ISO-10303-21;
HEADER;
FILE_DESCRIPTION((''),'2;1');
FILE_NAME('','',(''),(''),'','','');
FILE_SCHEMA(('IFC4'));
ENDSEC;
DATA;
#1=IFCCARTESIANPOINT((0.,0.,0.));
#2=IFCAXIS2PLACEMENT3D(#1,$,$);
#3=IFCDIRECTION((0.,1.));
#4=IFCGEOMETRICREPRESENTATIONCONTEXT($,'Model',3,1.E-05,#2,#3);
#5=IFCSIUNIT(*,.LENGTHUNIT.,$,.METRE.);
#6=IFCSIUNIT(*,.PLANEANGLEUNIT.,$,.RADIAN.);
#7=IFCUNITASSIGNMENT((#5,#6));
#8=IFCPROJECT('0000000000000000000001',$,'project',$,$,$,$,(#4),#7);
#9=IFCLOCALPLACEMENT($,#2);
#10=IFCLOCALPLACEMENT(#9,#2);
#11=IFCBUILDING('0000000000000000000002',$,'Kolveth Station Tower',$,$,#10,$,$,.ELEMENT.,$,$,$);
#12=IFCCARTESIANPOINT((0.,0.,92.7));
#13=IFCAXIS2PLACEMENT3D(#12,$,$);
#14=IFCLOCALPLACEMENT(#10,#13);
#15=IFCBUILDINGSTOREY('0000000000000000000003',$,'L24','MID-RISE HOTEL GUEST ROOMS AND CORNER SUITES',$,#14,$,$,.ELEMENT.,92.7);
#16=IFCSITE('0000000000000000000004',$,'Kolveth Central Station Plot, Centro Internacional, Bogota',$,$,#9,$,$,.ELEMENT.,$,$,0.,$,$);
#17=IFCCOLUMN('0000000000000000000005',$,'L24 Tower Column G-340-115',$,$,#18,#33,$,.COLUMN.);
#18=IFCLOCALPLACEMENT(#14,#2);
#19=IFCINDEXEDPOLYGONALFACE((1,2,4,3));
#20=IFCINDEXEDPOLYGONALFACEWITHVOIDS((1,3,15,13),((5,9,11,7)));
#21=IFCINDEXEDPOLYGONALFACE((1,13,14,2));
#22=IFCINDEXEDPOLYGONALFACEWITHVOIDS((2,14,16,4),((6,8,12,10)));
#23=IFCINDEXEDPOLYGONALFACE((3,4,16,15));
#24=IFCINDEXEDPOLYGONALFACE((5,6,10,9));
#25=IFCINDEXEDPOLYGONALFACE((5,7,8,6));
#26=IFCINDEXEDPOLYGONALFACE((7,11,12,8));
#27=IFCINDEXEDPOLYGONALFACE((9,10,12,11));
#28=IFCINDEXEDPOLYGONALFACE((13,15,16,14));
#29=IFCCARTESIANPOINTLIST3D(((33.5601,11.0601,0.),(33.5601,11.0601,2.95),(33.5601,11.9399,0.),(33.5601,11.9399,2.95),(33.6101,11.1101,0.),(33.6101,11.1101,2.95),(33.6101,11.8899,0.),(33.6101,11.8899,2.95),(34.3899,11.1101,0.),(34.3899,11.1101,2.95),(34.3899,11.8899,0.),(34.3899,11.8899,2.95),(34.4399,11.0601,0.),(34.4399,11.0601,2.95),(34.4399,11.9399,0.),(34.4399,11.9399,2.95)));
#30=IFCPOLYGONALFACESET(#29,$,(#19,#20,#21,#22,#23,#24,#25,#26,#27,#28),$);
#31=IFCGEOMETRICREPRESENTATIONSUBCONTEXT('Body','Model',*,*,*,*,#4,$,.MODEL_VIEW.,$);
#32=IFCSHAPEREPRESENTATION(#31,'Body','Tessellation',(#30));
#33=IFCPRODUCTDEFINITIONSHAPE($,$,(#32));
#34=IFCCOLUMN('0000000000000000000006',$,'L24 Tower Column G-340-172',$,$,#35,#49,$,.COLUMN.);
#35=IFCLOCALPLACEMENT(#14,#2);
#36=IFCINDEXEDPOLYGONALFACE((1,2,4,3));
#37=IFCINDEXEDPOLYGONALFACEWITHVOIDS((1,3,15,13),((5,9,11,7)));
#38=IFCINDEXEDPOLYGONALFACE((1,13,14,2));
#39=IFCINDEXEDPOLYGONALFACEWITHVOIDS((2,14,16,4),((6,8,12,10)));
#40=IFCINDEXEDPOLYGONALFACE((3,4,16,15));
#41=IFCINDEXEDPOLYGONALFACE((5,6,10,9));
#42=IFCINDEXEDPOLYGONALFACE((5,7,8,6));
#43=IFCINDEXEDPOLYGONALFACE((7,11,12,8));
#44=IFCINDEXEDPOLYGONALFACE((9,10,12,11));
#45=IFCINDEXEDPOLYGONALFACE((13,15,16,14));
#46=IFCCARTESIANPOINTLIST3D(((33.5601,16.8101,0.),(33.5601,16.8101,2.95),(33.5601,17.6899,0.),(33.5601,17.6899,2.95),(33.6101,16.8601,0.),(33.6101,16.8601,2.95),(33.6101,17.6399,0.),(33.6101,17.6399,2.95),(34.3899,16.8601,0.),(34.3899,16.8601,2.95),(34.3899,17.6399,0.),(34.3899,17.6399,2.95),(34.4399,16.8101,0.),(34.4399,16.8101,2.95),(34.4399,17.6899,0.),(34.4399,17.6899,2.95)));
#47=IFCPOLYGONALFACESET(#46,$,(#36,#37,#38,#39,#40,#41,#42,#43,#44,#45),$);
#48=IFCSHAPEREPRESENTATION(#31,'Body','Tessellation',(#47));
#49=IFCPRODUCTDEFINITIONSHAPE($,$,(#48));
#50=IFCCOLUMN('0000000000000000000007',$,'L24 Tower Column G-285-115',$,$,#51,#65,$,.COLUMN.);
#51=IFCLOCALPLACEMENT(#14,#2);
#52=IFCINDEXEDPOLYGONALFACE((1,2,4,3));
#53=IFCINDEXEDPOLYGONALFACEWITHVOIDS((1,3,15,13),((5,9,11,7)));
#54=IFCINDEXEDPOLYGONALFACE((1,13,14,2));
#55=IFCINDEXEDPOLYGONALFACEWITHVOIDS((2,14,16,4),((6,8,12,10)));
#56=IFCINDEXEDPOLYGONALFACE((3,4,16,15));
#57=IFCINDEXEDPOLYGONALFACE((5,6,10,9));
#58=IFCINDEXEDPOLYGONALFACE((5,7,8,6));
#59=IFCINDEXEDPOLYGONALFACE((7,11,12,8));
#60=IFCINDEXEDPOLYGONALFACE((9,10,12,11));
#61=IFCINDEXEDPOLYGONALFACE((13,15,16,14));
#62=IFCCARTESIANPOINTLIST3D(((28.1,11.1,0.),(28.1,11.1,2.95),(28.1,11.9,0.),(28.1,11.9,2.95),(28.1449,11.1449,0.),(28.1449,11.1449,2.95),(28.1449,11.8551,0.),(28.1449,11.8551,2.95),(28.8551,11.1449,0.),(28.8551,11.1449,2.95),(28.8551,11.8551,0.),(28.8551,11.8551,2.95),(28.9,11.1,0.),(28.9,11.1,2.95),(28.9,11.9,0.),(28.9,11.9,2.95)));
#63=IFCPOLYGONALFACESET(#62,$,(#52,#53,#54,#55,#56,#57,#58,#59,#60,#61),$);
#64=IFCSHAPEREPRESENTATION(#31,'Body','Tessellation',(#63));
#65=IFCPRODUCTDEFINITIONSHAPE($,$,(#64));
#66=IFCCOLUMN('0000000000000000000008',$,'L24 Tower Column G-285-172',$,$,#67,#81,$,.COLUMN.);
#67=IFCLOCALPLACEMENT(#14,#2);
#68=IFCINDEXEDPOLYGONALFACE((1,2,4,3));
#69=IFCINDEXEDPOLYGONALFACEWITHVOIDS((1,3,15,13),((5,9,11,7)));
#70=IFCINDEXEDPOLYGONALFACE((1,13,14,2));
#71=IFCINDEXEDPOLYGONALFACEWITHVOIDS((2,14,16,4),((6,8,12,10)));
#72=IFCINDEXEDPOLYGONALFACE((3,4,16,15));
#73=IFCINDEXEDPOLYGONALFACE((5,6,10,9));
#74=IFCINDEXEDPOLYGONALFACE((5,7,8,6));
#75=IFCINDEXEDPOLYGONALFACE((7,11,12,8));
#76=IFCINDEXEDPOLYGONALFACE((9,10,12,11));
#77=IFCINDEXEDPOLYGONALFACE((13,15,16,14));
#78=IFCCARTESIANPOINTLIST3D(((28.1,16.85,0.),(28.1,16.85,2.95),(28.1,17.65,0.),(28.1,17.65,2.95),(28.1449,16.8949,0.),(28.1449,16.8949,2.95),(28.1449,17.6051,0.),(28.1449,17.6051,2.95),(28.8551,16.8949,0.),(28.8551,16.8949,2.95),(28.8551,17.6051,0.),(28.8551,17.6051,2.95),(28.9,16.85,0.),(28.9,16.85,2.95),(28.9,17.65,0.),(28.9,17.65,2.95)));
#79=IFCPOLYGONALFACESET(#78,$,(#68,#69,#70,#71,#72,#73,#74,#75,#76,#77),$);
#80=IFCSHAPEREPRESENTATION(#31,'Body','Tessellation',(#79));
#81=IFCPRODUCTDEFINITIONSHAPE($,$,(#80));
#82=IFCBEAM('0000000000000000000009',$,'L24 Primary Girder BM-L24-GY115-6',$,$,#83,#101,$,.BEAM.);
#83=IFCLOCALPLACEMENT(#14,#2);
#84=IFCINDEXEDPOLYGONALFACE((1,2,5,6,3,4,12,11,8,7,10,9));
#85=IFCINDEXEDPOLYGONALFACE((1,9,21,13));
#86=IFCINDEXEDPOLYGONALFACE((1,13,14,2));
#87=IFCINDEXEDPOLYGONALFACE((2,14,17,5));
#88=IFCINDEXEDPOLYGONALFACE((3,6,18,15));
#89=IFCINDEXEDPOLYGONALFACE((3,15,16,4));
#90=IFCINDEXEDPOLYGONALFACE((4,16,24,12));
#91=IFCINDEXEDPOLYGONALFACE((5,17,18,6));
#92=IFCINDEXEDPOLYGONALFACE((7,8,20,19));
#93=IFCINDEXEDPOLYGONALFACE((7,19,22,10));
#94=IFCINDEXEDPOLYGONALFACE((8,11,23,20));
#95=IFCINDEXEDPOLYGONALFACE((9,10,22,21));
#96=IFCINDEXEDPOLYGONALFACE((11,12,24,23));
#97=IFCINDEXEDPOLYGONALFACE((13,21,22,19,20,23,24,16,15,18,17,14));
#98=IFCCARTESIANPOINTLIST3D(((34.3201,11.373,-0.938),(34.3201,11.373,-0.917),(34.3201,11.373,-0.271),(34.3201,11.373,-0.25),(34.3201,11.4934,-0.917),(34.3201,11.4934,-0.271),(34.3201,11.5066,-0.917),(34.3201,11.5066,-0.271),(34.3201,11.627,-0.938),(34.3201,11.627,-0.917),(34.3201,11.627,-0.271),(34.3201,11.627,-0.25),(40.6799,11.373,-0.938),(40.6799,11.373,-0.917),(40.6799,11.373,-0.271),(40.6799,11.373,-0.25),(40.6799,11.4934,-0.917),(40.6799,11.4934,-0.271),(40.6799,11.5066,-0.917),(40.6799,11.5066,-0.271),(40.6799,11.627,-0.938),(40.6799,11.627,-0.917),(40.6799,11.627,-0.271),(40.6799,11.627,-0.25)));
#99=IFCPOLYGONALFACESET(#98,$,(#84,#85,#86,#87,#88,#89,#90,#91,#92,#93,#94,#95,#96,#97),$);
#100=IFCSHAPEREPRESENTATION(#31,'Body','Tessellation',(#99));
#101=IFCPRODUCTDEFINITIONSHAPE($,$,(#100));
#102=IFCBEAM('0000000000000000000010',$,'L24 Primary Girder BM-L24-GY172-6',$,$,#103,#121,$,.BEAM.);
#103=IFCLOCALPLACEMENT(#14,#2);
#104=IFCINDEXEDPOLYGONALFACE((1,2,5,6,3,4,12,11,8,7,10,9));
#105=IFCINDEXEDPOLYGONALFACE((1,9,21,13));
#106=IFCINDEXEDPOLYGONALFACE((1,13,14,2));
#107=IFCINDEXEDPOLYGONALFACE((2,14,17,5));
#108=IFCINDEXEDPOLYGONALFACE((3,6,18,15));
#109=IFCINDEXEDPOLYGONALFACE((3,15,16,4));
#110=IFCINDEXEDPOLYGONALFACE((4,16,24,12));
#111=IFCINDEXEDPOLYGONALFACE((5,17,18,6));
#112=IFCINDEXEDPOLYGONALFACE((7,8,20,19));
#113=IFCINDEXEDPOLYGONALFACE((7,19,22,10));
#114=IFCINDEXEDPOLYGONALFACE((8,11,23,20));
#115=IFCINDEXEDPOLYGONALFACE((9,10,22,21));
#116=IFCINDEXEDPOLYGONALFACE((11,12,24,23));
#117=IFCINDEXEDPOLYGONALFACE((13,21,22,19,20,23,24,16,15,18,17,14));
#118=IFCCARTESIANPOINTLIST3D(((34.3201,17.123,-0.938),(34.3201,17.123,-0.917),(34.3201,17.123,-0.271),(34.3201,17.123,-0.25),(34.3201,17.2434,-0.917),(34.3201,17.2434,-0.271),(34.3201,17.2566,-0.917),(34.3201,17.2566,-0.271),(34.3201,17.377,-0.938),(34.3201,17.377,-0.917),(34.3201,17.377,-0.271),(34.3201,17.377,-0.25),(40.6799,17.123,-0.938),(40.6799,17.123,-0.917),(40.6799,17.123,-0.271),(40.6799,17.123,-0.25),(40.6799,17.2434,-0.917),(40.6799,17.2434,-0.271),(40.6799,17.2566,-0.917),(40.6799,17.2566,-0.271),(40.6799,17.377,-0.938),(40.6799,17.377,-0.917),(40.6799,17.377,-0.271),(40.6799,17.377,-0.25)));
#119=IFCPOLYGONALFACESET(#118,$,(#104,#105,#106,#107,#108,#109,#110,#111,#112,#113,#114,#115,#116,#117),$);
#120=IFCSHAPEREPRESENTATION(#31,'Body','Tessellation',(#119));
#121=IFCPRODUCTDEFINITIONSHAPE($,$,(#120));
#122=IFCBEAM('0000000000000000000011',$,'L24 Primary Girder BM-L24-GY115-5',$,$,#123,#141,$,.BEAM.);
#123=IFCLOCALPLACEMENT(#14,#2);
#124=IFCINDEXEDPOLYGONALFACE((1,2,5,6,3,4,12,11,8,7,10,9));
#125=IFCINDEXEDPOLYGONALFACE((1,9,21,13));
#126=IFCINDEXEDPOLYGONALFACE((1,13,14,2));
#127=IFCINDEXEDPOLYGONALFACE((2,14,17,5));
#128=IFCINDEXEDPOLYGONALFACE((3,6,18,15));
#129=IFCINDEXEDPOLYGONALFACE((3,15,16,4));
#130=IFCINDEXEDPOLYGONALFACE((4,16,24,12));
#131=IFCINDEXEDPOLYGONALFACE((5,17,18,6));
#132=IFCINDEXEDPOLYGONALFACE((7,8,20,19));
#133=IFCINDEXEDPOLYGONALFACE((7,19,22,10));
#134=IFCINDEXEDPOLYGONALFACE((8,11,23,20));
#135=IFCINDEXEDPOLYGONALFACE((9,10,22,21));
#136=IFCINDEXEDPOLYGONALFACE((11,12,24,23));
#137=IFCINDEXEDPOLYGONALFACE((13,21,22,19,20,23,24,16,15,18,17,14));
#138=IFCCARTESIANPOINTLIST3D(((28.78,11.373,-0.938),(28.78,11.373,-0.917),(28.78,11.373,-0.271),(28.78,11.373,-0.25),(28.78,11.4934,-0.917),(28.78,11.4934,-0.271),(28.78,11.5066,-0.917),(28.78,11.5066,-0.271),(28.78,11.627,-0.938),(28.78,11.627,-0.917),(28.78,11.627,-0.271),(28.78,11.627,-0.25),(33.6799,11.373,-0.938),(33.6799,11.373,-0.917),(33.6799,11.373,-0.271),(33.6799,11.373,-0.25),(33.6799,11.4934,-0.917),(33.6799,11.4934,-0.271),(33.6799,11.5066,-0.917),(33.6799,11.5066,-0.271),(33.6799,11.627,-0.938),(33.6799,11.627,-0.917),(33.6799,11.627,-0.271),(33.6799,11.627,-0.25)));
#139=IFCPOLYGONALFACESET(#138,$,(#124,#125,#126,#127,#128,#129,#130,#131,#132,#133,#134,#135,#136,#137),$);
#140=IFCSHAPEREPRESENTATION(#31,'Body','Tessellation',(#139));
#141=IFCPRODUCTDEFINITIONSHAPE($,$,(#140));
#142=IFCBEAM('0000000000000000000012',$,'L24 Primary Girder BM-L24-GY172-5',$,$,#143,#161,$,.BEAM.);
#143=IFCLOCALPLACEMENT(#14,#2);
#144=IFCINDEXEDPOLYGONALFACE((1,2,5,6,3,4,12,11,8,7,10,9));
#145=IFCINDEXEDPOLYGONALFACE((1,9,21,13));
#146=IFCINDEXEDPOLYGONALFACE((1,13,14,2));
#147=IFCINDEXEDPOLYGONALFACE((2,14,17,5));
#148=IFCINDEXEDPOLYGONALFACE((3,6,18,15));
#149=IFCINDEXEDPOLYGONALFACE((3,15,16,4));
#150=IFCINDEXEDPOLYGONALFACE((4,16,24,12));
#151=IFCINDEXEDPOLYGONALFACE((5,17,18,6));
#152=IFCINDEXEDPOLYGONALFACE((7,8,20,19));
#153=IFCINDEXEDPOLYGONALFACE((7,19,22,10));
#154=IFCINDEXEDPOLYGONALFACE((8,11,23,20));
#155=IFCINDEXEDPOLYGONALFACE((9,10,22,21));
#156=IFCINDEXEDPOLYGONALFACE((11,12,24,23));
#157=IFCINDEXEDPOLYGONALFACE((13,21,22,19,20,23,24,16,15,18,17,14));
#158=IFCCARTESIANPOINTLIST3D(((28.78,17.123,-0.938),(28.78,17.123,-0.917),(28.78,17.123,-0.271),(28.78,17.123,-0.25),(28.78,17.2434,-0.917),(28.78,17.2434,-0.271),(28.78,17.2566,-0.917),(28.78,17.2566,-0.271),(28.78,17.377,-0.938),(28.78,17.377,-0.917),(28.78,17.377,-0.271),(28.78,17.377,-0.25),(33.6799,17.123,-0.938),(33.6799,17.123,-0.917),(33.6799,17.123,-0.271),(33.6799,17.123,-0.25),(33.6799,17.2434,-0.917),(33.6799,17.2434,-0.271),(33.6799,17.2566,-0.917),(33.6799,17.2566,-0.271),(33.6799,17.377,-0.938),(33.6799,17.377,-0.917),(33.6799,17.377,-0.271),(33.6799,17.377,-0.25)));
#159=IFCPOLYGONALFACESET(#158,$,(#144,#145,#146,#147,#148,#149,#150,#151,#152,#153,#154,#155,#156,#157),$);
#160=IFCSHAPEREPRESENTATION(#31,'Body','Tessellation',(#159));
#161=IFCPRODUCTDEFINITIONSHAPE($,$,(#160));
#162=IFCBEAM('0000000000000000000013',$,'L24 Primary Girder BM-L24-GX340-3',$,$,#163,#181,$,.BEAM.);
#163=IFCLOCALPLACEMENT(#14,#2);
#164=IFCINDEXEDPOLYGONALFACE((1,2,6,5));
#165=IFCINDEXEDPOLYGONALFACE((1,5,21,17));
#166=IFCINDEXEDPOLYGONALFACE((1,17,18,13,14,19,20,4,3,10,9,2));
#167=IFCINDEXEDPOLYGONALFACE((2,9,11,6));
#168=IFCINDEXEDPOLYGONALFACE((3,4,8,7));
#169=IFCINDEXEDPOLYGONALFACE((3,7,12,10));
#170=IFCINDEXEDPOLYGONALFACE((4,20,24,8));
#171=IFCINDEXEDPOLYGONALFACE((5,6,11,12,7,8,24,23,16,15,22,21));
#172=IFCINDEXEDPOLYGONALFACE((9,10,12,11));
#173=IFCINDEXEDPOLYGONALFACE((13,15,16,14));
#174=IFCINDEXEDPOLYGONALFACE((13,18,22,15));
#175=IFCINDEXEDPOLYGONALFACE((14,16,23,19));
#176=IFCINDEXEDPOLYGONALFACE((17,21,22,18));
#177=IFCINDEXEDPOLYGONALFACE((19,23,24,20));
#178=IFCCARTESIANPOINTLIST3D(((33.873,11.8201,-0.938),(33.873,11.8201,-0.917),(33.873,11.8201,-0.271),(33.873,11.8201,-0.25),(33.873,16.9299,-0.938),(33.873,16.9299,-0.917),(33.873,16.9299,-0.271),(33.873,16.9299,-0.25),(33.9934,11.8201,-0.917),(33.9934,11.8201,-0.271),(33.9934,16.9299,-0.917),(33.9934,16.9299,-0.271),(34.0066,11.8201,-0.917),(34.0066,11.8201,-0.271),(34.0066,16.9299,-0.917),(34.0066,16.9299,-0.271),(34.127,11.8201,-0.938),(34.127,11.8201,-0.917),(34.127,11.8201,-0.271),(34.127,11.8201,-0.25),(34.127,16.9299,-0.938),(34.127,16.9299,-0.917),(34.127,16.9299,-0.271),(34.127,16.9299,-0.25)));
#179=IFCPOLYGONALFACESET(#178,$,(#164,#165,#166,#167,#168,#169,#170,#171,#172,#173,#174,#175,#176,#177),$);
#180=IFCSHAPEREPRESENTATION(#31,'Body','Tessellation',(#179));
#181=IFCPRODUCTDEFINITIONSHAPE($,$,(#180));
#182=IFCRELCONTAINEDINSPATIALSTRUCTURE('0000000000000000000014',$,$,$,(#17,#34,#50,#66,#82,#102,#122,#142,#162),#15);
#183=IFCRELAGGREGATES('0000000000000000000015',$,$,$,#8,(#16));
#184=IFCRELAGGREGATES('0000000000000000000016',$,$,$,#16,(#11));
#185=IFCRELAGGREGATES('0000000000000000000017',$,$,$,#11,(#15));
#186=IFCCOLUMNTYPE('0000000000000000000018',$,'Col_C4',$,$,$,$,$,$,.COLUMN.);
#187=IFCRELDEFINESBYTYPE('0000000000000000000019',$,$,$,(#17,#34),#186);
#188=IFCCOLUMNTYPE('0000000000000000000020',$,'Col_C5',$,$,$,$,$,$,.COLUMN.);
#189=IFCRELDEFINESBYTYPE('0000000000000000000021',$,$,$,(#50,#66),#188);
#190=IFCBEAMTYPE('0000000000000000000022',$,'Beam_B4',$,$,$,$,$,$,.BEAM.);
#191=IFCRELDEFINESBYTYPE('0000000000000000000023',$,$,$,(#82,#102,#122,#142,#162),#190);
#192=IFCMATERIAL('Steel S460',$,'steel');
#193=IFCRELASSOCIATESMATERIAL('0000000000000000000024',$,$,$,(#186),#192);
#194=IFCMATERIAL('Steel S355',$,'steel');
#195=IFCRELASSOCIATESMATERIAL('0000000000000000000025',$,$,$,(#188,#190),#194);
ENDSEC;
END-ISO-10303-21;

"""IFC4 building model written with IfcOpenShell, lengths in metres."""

from ifc_helpers import new_model, si_unit, direction, frame, origin, origin_2d, place, context, subcontext, project, spatial, hollow_rectangle, i_section, extrude, source, transform, mapped, material, material_profile, profile_set, type_object, element, save


model = new_model("IFC4")

# Units and contexts
model_context = context("Model", 3, precision=1e-05, world=origin(), true_north=direction((0.0, 1.0)))
body_context = subcontext(model_context, "Body", "Model", "MODEL_VIEW")
ifc_project = project(units=[si_unit("LENGTHUNIT", "METRE"), si_unit("PLANEANGLEUNIT", "RADIAN")], contexts=[model_context])

# Site, building, storey
site_placement = place(None, origin())
site = spatial("IfcSite", under=ifc_project, at=site_placement, Name="Kolveth Central Station Plot, Centro Internacional, Bogota", CompositionType="ELEMENT", RefElevation=0.0)
building_placement = place(site_placement, origin())
building = spatial("IfcBuilding", under=site, at=building_placement, Name="Kolveth Station Tower", CompositionType="ELEMENT")
storey_placement = place(building_placement, frame((0.0, 0.0, 92.7)))
storey = spatial("IfcBuildingStorey", under=building, at=storey_placement, Name="L24", Description="MID-RISE HOTEL GUEST ROOMS AND CORNER SUITES", CompositionType="ELEMENT", Elevation=92.7)

# Columns
ifc_material_1 = material(Name="Steel S460", Category="steel")
ifc_material_profile_1 = material_profile(ifc_material_1, hollow_rectangle(XDim=0.8799, YDim=0.8799, WallThickness=0.05, at=origin_2d()), Name="BOX880x880x50")
ifc_profile_set_1 = profile_set([ifc_material_profile_1], Name="Steel S460")
column_type_1 = type_object("IfcColumnType", Name="Col_C4", PredefinedType="COLUMN", material=ifc_profile_set_1)
shared_shape_1 = source(origin(), body_context, "Body", "SweptSolid", [
    extrude(hollow_rectangle(XDim=0.8799, YDim=0.8799, WallThickness=0.05, at=origin_2d()), origin(), (0.0, 0.0, 1.0), 2.95),
])
for number, where, z_axis, x_axis, name in (
    (1, (34.0, 11.5, 0.0), (0.0, 0.0, 1.0), (1.0, 0.0, 0.0), "L24 Tower Column G-340-115"),
    (2, (34.0, 17.25, 0.0), (0.0, 0.0, 1.0), (1.0, 0.0, 0.0), "L24 Tower Column G-340-172"),
):
    element("IfcColumn", number, at=place(storey_placement, frame(where, z_axis=z_axis, x_axis=x_axis)), inside=storey, type_object=column_type_1, Name=name, PredefinedType="COLUMN", context=body_context, shape_type="MappedRepresentation", body=[
        mapped(shared_shape_1, transform((0.0, 0.0, 0.0), x_axis=(1.0, 0.0, 0.0), y_axis=(0.0, 1.0, 0.0), z_axis=(0.0, 0.0, 1.0), scale=1.0)),
    ])
ifc_material_2 = material(Name="Steel S355", Category="steel")
ifc_material_profile_2 = material_profile(ifc_material_2, hollow_rectangle(XDim=0.8, YDim=0.8, WallThickness=0.0449, at=origin_2d()), Name="BOX800x800x45")
ifc_profile_set_2 = profile_set([ifc_material_profile_2], Name="Steel S355")
column_type_2 = type_object("IfcColumnType", Name="Col_C5", PredefinedType="COLUMN", material=ifc_profile_set_2)
shared_shape_2 = source(origin(), body_context, "Body", "SweptSolid", [
    extrude(hollow_rectangle(XDim=0.8, YDim=0.8, WallThickness=0.0449, at=origin_2d()), origin(), (0.0, 0.0, 1.0), 2.95),
])
for number, where, z_axis, x_axis, name in (
    (3, (28.5, 11.5, 0.0), (0.0, 0.0, 1.0), (1.0, 0.0, 0.0), "L24 Tower Column G-285-115"),
    (4, (28.5, 17.25, 0.0), (0.0, 0.0, 1.0), (1.0, 0.0, 0.0), "L24 Tower Column G-285-172"),
):
    element("IfcColumn", number, at=place(storey_placement, frame(where, z_axis=z_axis, x_axis=x_axis)), inside=storey, type_object=column_type_2, Name=name, PredefinedType="COLUMN", context=body_context, shape_type="MappedRepresentation", body=[
        mapped(shared_shape_2, transform((0.0, 0.0, 0.0), x_axis=(1.0, 0.0, 0.0), y_axis=(0.0, 1.0, 0.0), z_axis=(0.0, 0.0, 1.0), scale=1.0)),
    ])

# Beams
ifc_material_profile_3 = material_profile(ifc_material_2, i_section(OverallWidth=0.2539, OverallDepth=0.688, WebThickness=0.0132, FlangeThickness=0.021, at=origin_2d()), Name="W690x152")
ifc_profile_set_3 = profile_set([ifc_material_profile_3], Name="Steel S355")
beam_type_1 = type_object("IfcBeamType", Name="Beam_B4", PredefinedType="BEAM", material=ifc_profile_set_3)
shared_shape_3 = source(origin(), body_context, "Body", "SweptSolid", [
    extrude(i_section(OverallWidth=0.2539, OverallDepth=0.688, WebThickness=0.0132, FlangeThickness=0.021, at=origin_2d()), origin(), (0.0, 0.0, 1.0), 6.3599),
])
for number, where, z_axis, x_axis, name in (
    (5, (34.3201, 11.5, -0.594), (1.0, 0.0, 0.0), (0.0, 1.0, 0.0), "L24 Primary Girder BM-L24-GY115-6"),
    (6, (34.3201, 17.25, -0.594), (1.0, 0.0, 0.0), (0.0, 1.0, 0.0), "L24 Primary Girder BM-L24-GY172-6"),
):
    element("IfcBeam", number, at=place(storey_placement, frame(where, z_axis=z_axis, x_axis=x_axis)), inside=storey, type_object=beam_type_1, Name=name, PredefinedType="BEAM", context=body_context, shape_type="MappedRepresentation", body=[
        mapped(shared_shape_3, transform((0.0, 0.0, 0.0), x_axis=(1.0, 0.0, 0.0), y_axis=(0.0, 1.0, 0.0), z_axis=(0.0, 0.0, 1.0), scale=1.0)),
    ])
shared_shape_4 = source(origin(), body_context, "Body", "SweptSolid", [
    extrude(i_section(OverallWidth=0.2539, OverallDepth=0.688, WebThickness=0.0132, FlangeThickness=0.021, at=origin_2d()), origin(), (0.0, 0.0, 1.0), 4.8999),
])
for number, where, z_axis, x_axis, name in (
    (7, (28.78, 11.5, -0.594), (1.0, 0.0, 0.0), (0.0, 1.0, 0.0), "L24 Primary Girder BM-L24-GY115-5"),
    (8, (28.78, 17.25, -0.594), (1.0, 0.0, 0.0), (0.0, 1.0, 0.0), "L24 Primary Girder BM-L24-GY172-5"),
):
    element("IfcBeam", number, at=place(storey_placement, frame(where, z_axis=z_axis, x_axis=x_axis)), inside=storey, type_object=beam_type_1, Name=name, PredefinedType="BEAM", context=body_context, shape_type="MappedRepresentation", body=[
        mapped(shared_shape_4, transform((0.0, 0.0, 0.0), x_axis=(1.0, 0.0, 0.0), y_axis=(0.0, 1.0, 0.0), z_axis=(0.0, 0.0, 1.0), scale=1.0)),
    ])
shared_shape_5 = source(origin(), body_context, "Body", "SweptSolid", [
    extrude(i_section(OverallWidth=0.2539, OverallDepth=0.688, WebThickness=0.0132, FlangeThickness=0.021, at=origin_2d()), origin(), (0.0, 0.0, 1.0), 5.1099),
])
beam_placement = place(storey_placement, frame((34.0, 11.8201, -0.594), z_axis=(0.0, 1.0, 0.0), x_axis=(-1.0, 0.0, 0.0)))
element("IfcBeam", 9, at=beam_placement, inside=storey, type_object=beam_type_1, Name="L24 Primary Girder BM-L24-GX340-3", PredefinedType="BEAM", context=body_context, shape_type="MappedRepresentation", body=[
    mapped(shared_shape_5, transform((0.0, 0.0, 0.0), x_axis=(1.0, 0.0, 0.0), y_axis=(0.0, 1.0, 0.0), z_axis=(0.0, 0.0, 1.0), scale=1.0)),
])

save(model, "model.ifc")
